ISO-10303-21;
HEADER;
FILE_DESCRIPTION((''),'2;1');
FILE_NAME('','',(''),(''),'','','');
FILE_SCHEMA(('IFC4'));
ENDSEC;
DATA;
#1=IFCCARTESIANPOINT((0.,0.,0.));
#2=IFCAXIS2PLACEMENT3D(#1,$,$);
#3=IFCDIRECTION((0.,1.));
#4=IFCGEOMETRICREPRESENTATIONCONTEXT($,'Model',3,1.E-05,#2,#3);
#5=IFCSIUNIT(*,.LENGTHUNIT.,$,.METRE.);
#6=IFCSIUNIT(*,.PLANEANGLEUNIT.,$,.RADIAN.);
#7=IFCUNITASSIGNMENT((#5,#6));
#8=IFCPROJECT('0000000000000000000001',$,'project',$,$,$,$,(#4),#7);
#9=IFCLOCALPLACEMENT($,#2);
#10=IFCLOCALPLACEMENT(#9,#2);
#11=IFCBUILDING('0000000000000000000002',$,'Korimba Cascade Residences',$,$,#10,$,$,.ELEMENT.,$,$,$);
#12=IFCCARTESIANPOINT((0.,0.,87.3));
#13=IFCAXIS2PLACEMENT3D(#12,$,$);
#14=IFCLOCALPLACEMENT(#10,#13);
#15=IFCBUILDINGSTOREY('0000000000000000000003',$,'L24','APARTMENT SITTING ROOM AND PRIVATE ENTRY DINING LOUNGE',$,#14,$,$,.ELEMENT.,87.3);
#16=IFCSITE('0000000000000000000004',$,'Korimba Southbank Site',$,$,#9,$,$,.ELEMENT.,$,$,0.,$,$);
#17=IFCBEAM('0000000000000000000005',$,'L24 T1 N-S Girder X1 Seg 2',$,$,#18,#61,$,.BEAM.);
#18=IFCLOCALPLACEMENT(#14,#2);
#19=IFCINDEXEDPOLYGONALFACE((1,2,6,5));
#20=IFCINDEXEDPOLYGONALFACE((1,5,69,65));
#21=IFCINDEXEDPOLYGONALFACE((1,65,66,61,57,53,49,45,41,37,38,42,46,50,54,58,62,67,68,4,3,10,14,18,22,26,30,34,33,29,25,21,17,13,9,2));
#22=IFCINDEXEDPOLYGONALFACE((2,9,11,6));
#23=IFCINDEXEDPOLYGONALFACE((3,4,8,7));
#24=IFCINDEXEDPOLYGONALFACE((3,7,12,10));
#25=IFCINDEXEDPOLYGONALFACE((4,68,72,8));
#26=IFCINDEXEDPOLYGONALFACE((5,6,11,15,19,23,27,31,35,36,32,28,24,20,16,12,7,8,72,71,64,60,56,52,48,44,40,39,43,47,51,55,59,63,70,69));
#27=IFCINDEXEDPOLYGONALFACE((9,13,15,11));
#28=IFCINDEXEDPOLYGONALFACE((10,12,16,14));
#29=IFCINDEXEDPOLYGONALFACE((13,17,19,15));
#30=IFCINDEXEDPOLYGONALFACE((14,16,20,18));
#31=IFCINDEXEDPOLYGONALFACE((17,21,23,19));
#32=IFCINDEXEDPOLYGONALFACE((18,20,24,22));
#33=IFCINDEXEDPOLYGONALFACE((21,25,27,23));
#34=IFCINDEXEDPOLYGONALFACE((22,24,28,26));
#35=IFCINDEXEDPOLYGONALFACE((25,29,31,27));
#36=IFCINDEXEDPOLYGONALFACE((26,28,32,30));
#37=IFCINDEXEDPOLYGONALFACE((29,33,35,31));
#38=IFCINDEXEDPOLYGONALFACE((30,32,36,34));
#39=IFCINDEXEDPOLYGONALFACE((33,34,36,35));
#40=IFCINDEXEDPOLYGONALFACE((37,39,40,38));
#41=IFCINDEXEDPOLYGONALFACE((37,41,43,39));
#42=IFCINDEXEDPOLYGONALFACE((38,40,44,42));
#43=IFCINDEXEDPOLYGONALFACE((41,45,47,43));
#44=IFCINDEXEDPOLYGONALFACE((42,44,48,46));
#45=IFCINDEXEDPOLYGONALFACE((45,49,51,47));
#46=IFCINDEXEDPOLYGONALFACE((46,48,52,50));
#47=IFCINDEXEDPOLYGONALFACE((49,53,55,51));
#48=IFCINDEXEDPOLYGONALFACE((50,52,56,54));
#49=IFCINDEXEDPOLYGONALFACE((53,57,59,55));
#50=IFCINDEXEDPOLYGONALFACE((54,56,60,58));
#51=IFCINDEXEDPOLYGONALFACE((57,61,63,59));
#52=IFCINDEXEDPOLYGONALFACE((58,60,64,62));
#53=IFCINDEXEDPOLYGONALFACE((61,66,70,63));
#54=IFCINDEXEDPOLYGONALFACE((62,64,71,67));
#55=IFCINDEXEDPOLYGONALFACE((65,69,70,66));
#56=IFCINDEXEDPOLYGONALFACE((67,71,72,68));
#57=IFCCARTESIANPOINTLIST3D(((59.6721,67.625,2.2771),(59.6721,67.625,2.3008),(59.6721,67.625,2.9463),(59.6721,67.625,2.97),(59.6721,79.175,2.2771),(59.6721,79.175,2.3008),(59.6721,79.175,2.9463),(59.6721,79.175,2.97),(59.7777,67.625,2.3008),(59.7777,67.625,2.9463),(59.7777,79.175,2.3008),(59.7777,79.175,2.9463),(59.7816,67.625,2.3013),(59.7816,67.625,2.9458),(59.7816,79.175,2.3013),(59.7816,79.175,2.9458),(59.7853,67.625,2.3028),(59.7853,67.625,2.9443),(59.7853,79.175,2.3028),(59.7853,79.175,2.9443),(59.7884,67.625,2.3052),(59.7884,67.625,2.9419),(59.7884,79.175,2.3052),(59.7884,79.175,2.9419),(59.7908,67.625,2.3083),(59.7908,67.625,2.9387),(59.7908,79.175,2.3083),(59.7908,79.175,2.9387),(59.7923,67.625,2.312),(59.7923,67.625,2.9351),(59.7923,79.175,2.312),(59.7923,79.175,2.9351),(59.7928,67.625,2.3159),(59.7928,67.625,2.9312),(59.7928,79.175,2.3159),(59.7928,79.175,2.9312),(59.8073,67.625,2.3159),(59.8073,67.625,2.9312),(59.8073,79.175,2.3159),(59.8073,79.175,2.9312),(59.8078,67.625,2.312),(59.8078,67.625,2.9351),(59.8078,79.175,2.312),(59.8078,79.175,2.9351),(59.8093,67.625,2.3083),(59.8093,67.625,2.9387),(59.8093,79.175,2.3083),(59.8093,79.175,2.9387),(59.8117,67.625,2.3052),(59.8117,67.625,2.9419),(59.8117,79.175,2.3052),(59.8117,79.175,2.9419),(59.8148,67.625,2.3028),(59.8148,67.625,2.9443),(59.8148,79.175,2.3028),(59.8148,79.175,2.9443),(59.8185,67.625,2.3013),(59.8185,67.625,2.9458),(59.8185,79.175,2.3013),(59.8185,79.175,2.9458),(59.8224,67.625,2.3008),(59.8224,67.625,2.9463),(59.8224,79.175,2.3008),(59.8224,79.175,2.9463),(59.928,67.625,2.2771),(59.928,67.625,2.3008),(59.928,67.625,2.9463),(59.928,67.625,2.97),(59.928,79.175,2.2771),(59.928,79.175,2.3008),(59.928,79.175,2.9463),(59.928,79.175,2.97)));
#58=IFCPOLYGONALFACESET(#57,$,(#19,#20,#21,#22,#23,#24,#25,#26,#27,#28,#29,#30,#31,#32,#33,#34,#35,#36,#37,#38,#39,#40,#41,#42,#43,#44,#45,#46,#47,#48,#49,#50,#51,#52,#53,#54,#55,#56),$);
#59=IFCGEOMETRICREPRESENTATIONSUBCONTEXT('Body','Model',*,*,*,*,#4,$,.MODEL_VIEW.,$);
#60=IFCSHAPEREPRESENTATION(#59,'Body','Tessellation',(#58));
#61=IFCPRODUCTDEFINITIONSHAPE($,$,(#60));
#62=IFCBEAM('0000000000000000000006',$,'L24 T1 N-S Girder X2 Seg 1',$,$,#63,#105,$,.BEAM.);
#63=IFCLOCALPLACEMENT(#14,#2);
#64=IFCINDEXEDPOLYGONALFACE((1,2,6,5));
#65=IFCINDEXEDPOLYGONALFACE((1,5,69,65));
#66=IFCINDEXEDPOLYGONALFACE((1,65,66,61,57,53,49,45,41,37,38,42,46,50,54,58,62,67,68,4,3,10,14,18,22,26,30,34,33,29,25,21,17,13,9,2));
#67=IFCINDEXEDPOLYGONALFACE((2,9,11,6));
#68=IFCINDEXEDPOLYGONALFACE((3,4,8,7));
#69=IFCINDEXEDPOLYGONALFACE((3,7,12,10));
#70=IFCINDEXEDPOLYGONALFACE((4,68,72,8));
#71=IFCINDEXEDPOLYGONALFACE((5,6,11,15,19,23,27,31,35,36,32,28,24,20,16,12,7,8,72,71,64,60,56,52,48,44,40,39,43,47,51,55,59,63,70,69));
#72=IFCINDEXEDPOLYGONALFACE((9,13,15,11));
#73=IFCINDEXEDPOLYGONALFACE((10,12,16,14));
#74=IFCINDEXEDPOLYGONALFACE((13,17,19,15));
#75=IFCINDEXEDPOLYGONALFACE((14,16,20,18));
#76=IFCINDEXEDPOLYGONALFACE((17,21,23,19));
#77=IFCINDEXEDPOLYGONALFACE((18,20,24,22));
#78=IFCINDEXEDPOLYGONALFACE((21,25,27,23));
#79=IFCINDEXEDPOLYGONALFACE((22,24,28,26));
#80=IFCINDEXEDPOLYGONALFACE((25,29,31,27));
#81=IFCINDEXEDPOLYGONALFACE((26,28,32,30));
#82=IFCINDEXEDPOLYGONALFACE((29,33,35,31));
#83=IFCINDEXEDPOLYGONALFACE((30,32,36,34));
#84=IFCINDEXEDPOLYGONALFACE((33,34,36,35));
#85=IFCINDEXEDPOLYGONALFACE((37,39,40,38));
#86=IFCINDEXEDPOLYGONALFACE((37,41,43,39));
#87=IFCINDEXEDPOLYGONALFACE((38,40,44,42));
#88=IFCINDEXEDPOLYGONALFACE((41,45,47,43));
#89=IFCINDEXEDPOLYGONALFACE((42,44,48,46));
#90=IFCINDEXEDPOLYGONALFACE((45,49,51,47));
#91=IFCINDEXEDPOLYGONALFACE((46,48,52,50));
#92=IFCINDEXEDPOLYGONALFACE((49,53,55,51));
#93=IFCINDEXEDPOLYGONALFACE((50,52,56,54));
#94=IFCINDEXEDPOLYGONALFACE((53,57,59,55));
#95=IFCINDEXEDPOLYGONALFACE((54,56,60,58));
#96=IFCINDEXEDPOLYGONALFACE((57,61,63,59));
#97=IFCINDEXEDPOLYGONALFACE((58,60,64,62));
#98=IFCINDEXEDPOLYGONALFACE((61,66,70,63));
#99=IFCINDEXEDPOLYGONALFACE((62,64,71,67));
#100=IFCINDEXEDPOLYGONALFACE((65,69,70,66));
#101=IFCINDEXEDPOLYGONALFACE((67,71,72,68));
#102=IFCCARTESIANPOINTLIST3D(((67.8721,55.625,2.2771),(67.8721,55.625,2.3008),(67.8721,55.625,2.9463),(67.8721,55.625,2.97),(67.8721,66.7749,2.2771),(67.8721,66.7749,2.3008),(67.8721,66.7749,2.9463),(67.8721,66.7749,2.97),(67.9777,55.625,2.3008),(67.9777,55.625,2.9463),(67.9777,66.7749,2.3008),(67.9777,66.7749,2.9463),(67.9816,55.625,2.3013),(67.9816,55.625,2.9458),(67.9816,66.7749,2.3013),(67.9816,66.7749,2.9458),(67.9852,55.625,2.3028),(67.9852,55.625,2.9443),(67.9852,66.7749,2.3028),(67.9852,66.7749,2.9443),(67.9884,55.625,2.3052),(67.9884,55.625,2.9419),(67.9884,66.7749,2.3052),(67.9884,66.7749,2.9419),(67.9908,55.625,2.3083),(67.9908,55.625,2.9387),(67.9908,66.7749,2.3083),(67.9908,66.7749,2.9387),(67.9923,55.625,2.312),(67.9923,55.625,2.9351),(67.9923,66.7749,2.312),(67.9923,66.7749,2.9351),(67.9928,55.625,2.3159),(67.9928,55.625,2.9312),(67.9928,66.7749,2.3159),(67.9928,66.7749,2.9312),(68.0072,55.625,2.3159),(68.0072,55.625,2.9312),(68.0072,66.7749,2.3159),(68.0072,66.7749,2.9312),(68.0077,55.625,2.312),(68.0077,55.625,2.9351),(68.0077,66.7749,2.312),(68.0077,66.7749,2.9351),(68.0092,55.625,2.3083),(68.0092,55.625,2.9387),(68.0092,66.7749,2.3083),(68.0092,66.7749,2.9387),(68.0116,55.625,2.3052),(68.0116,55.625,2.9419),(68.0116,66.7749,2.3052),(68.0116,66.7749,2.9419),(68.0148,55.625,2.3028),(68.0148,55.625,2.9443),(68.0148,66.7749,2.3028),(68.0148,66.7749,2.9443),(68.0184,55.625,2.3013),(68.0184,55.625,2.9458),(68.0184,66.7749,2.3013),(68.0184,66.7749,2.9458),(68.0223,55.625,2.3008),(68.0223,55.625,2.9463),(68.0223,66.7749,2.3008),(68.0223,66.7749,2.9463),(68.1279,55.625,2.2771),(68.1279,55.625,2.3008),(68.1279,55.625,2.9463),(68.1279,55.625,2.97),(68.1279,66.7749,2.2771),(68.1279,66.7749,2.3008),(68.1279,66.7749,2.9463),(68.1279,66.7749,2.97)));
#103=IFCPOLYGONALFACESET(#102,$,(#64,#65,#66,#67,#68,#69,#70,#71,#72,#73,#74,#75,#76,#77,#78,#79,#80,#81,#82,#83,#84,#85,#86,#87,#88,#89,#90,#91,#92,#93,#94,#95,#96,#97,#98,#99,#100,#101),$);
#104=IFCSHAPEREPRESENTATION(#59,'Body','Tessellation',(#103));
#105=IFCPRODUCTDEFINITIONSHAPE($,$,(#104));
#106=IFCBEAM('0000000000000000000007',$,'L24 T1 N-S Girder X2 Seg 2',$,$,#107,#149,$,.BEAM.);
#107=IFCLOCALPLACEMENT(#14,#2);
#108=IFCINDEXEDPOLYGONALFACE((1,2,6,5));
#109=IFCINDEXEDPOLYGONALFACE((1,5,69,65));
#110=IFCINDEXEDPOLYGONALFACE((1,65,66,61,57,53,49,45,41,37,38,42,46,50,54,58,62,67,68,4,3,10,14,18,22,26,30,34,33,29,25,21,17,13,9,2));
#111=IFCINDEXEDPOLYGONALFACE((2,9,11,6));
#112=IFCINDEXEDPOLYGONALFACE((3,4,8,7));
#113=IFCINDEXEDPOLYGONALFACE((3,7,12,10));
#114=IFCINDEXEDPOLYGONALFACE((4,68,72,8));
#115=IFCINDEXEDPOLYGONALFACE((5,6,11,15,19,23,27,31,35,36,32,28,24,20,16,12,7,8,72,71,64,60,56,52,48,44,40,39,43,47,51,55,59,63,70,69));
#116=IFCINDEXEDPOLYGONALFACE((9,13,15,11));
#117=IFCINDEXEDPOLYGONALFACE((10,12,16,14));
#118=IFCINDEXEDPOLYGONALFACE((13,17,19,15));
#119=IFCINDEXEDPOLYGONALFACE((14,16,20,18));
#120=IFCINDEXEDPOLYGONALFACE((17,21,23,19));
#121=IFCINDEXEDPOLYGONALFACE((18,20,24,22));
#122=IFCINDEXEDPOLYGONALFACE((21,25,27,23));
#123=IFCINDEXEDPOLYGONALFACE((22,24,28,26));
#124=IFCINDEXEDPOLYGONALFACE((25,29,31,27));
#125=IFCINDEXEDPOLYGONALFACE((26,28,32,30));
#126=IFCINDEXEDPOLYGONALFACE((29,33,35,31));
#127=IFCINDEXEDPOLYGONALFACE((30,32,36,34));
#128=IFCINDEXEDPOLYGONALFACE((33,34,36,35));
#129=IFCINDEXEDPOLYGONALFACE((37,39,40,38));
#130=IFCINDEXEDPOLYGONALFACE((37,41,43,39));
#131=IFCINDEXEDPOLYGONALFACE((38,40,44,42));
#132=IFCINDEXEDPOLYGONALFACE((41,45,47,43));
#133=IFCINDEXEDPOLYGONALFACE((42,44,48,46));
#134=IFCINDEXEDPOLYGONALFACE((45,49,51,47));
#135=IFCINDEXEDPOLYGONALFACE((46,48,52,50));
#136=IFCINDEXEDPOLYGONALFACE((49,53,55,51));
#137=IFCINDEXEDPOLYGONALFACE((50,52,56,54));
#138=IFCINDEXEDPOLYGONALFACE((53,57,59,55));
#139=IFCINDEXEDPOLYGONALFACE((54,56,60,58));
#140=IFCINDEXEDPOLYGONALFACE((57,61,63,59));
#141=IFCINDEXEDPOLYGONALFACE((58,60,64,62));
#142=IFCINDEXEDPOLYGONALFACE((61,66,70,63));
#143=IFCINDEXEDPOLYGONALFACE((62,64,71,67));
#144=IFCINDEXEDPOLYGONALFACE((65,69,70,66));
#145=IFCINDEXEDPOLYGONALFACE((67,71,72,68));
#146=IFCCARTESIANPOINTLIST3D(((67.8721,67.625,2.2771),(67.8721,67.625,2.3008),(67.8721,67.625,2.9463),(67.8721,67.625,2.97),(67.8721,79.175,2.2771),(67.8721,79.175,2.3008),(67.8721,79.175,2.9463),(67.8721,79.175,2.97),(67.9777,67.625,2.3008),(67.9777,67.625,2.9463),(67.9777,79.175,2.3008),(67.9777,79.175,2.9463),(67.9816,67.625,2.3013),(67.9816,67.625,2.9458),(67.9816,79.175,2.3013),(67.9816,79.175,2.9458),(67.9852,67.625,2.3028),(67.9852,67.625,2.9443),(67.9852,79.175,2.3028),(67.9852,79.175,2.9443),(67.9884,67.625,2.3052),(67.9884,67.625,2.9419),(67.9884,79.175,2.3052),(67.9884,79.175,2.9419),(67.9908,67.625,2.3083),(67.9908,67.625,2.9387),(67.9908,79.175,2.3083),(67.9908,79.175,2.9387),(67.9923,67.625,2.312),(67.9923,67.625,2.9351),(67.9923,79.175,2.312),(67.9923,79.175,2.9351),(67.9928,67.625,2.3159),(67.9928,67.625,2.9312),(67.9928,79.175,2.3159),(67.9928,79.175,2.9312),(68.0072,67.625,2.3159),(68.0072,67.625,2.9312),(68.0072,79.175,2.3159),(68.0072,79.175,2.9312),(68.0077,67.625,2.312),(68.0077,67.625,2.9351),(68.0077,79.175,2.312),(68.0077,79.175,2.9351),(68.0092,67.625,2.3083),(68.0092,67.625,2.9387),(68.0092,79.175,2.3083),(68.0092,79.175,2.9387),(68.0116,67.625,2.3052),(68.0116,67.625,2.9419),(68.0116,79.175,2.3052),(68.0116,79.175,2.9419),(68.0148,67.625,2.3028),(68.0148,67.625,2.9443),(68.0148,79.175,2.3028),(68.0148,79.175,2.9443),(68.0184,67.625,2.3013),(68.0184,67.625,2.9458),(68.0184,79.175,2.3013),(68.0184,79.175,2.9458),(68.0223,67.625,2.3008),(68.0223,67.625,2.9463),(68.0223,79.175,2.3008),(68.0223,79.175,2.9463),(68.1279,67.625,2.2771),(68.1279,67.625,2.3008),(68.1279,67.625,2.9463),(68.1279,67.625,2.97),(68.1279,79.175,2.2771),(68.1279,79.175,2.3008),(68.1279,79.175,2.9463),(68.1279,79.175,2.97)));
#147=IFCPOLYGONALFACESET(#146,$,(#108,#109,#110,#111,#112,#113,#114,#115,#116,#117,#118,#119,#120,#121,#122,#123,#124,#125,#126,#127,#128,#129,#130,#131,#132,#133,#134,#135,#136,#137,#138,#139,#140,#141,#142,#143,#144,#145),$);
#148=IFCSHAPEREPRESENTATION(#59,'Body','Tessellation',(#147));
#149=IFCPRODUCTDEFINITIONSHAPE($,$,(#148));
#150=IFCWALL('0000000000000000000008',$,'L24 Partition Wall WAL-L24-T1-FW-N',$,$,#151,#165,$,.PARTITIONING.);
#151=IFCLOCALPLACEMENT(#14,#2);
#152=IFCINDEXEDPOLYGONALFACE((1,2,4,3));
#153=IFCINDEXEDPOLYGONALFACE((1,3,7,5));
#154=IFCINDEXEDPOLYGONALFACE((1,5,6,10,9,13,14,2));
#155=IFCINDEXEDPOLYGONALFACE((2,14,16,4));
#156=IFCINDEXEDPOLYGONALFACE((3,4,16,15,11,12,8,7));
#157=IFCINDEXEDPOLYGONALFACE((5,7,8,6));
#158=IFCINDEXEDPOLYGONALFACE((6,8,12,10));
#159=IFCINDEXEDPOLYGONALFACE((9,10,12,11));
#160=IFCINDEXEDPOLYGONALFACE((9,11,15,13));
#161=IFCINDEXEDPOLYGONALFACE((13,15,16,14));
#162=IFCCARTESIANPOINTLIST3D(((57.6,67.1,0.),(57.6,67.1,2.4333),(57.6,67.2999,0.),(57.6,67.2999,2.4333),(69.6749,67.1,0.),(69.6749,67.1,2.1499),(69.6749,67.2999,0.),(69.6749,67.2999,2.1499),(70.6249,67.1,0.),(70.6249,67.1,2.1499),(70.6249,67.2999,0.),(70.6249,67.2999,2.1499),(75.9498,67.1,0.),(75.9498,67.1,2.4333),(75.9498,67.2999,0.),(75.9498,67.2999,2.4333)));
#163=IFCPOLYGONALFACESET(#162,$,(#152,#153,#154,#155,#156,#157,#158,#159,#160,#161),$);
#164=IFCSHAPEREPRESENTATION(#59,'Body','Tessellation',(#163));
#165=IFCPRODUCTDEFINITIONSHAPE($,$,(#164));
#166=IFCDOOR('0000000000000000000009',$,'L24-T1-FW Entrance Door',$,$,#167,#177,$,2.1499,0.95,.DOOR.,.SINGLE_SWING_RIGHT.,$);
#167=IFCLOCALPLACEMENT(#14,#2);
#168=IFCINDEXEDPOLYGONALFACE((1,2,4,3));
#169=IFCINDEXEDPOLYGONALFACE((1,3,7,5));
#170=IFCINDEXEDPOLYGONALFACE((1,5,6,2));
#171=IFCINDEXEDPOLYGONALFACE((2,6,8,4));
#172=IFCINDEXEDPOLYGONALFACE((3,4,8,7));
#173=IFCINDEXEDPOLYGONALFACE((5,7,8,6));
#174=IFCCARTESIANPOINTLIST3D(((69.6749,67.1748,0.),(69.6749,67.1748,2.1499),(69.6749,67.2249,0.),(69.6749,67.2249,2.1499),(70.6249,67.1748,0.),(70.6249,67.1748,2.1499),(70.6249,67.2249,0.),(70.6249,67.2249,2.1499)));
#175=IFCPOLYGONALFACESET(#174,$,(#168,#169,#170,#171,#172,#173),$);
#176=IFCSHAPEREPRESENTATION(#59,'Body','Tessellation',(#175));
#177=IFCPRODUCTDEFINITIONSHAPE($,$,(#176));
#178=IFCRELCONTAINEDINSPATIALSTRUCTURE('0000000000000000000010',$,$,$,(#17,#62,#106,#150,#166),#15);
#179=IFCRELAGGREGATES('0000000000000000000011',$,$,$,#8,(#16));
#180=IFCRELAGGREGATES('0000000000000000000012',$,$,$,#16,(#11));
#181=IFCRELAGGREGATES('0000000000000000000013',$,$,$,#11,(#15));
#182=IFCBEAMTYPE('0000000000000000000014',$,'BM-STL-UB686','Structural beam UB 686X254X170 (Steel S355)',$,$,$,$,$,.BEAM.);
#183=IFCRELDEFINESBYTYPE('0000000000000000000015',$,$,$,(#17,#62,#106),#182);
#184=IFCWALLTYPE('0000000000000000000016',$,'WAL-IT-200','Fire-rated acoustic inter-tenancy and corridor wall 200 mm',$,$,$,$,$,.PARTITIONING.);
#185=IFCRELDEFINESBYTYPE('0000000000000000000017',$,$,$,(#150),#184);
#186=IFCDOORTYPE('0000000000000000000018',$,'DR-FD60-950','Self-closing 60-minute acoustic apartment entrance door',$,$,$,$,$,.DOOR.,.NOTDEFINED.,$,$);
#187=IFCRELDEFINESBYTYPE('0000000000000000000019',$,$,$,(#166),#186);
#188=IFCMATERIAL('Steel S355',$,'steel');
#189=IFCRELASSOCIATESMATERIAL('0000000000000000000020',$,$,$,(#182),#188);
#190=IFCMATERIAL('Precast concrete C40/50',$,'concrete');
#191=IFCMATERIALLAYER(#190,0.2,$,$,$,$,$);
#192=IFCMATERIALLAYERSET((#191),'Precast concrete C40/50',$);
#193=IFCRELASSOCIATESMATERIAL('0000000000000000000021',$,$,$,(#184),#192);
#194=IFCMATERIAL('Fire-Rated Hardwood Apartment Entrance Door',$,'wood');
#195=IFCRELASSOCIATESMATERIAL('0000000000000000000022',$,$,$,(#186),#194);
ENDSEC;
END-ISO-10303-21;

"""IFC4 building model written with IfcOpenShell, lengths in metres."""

from ifc_helpers import new_model, si_unit, direction, frame, frame_2d, origin, origin_2d, place, context, subcontext, project, spatial, rectangle, i_section, extrude, material, layer, layer_set, material_profile, profile_set, type_object, element, fill, save


model = new_model("IFC4")

# Units and contexts
model_context = context("Model", 3, precision=1e-05, world=origin(), true_north=direction((0.0, 1.0)))
body_context = subcontext(model_context, "Body", "Model", "MODEL_VIEW")
ifc_project = project(units=[si_unit("LENGTHUNIT", "METRE"), si_unit("PLANEANGLEUNIT", "RADIAN")], contexts=[model_context])

# Site, building, storey
site_placement = place(None, origin())
site = spatial("IfcSite", under=ifc_project, at=site_placement, Name="Korimba Southbank Site", CompositionType="ELEMENT", RefElevation=0.0)
building_placement = place(site_placement, origin())
building = spatial("IfcBuilding", under=site, at=building_placement, Name="Korimba Cascade Residences", CompositionType="ELEMENT")
storey_placement = place(building_placement, frame((0.0, 0.0, 87.3)))
storey = spatial("IfcBuildingStorey", under=building, at=storey_placement, Name="L24", Description="APARTMENT SITTING ROOM AND PRIVATE ENTRY DINING LOUNGE", CompositionType="ELEMENT", Elevation=87.3)

# Beams
ifc_material_1 = material(Name="Steel S355", Category="steel")
ifc_material_profile_1 = material_profile(ifc_material_1, i_section(OverallWidth=0.2559, OverallDepth=0.6929, WebThickness=0.0144, FlangeThickness=0.0237, FilletRadius=0.0151, at=origin_2d()), Name="Steel S355")
ifc_profile_set_1 = profile_set([ifc_material_profile_1], Name="Steel S355")
beam_type_1 = type_object("IfcBeamType", Name="BM-STL-UB686", Description="Structural beam UB 686X254X170 (Steel S355)", PredefinedType="BEAM", material=ifc_profile_set_1)
beam_1_placement = place(storey_placement, frame((59.8, 67.625, 2.6235), z_axis=(0.0, 1.0, 0.0), x_axis=(-1.0, 0.0, 0.0)))
element("IfcBeam", 1, at=beam_1_placement, inside=storey, type_object=beam_type_1, Name="L24 T1 N-S Girder X1 Seg 2", PredefinedType="BEAM", context=body_context, shape_type="SweptSolid", body=[
    extrude(i_section(OverallWidth=0.2559, OverallDepth=0.6929, WebThickness=0.0144, FlangeThickness=0.0237, FilletRadius=0.0151, at=origin_2d()), origin(), (0.0, 0.0, 1.0), 11.55),
])
beam_2_placement = place(storey_placement, frame((68.0, 55.625, 2.6235), z_axis=(0.0, 1.0, 0.0), x_axis=(-1.0, 0.0, 0.0)))
element("IfcBeam", 2, at=beam_2_placement, inside=storey, type_object=beam_type_1, Name="L24 T1 N-S Girder X2 Seg 1", PredefinedType="BEAM", context=body_context, shape_type="SweptSolid", body=[
    extrude(i_section(OverallWidth=0.2559, OverallDepth=0.6929, WebThickness=0.0144, FlangeThickness=0.0237, FilletRadius=0.0151, at=origin_2d()), origin(), (0.0, 0.0, 1.0), 11.1499),
])
beam_3_placement = place(storey_placement, frame((68.0, 67.625, 2.6235), z_axis=(0.0, 1.0, 0.0), x_axis=(-1.0, 0.0, 0.0)))
element("IfcBeam", 3, at=beam_3_placement, inside=storey, type_object=beam_type_1, Name="L24 T1 N-S Girder X2 Seg 2", PredefinedType="BEAM", context=body_context, shape_type="SweptSolid", body=[
    extrude(i_section(OverallWidth=0.2559, OverallDepth=0.6929, WebThickness=0.0144, FlangeThickness=0.0237, FilletRadius=0.0151, at=origin_2d()), origin(), (0.0, 0.0, 1.0), 11.55),
])

# Wall, opening, door
ifc_material_2 = material(Name="Precast concrete C40/50", Category="concrete")
ifc_layer_1 = layer(ifc_material_2, 0.2)
ifc_layer_set_1 = layer_set([ifc_layer_1], Name="Precast concrete C40/50")
wall_type_1 = type_object("IfcWallType", Name="WAL-IT-200", Description="Fire-rated acoustic inter-tenancy and corridor wall 200 mm", PredefinedType="PARTITIONING", material=ifc_layer_set_1)
wall_1_placement = place(storey_placement, frame((57.6001, 67.2, 0.0), z_axis=(0.0, 0.0, 1.0), x_axis=(1.0, 0.0, 0.0)))
wall_1 = element("IfcWall", 4, at=wall_1_placement, inside=storey, type_object=wall_type_1, Name="L24 Partition Wall WAL-L24-T1-FW-N", PredefinedType="PARTITIONING", context=body_context, shape_type="SweptSolid", body=[
    extrude(rectangle(XDim=18.3499, YDim=0.2, at=frame_2d((9.1748, 0.0))), origin(), (0.0, 0.0, 1.0), 2.4333),
])
opening_1_placement = place(wall_1_placement, frame((12.0747, 0.0, 0.0)))
opening_1 = element("IfcOpeningElement", 5, at=opening_1_placement, cuts=wall_1, PredefinedType="OPENING", context=body_context, shape_type="SweptSolid", body=[
    extrude(rectangle(XDim=0.95, YDim=2.1499, at=frame_2d((0.4751, 1.075))), frame((0.0, 0.1099, 0.0), z_axis=(0.0, -1.0, 0.0), x_axis=(1.0, 0.0, 0.0)), (0.0, 0.0, 1.0), 0.22),
])
ifc_material_3 = material(Name="Fire-Rated Hardwood Apartment Entrance Door", Category="wood")
door_type_1 = type_object("IfcDoorType", Name="DR-FD60-950", Description="Self-closing 60-minute acoustic apartment entrance door", OperationType="NOTDEFINED", PredefinedType="DOOR", material=ifc_material_3)
door_1_placement = place(opening_1_placement, origin())
door_1 = element("IfcDoor", 6, at=door_1_placement, inside=storey, type_object=door_type_1, Name="L24-T1-FW Entrance Door", OperationType="SINGLE_SWING_RIGHT", OverallHeight=2.1499, OverallWidth=0.95, PredefinedType="DOOR", context=body_context, shape_type="SweptSolid", body=[
    extrude(rectangle(XDim=0.95, YDim=2.1499, at=frame_2d((0.4751, 1.075))), frame((0.0, 0.0249, 0.0), z_axis=(0.0, -1.0, 0.0), x_axis=(1.0, 0.0, 0.0)), (0.0, 0.0, 1.0), 0.05),
])
fill(opening_1, door_1)

save(model, "model.ifc")
